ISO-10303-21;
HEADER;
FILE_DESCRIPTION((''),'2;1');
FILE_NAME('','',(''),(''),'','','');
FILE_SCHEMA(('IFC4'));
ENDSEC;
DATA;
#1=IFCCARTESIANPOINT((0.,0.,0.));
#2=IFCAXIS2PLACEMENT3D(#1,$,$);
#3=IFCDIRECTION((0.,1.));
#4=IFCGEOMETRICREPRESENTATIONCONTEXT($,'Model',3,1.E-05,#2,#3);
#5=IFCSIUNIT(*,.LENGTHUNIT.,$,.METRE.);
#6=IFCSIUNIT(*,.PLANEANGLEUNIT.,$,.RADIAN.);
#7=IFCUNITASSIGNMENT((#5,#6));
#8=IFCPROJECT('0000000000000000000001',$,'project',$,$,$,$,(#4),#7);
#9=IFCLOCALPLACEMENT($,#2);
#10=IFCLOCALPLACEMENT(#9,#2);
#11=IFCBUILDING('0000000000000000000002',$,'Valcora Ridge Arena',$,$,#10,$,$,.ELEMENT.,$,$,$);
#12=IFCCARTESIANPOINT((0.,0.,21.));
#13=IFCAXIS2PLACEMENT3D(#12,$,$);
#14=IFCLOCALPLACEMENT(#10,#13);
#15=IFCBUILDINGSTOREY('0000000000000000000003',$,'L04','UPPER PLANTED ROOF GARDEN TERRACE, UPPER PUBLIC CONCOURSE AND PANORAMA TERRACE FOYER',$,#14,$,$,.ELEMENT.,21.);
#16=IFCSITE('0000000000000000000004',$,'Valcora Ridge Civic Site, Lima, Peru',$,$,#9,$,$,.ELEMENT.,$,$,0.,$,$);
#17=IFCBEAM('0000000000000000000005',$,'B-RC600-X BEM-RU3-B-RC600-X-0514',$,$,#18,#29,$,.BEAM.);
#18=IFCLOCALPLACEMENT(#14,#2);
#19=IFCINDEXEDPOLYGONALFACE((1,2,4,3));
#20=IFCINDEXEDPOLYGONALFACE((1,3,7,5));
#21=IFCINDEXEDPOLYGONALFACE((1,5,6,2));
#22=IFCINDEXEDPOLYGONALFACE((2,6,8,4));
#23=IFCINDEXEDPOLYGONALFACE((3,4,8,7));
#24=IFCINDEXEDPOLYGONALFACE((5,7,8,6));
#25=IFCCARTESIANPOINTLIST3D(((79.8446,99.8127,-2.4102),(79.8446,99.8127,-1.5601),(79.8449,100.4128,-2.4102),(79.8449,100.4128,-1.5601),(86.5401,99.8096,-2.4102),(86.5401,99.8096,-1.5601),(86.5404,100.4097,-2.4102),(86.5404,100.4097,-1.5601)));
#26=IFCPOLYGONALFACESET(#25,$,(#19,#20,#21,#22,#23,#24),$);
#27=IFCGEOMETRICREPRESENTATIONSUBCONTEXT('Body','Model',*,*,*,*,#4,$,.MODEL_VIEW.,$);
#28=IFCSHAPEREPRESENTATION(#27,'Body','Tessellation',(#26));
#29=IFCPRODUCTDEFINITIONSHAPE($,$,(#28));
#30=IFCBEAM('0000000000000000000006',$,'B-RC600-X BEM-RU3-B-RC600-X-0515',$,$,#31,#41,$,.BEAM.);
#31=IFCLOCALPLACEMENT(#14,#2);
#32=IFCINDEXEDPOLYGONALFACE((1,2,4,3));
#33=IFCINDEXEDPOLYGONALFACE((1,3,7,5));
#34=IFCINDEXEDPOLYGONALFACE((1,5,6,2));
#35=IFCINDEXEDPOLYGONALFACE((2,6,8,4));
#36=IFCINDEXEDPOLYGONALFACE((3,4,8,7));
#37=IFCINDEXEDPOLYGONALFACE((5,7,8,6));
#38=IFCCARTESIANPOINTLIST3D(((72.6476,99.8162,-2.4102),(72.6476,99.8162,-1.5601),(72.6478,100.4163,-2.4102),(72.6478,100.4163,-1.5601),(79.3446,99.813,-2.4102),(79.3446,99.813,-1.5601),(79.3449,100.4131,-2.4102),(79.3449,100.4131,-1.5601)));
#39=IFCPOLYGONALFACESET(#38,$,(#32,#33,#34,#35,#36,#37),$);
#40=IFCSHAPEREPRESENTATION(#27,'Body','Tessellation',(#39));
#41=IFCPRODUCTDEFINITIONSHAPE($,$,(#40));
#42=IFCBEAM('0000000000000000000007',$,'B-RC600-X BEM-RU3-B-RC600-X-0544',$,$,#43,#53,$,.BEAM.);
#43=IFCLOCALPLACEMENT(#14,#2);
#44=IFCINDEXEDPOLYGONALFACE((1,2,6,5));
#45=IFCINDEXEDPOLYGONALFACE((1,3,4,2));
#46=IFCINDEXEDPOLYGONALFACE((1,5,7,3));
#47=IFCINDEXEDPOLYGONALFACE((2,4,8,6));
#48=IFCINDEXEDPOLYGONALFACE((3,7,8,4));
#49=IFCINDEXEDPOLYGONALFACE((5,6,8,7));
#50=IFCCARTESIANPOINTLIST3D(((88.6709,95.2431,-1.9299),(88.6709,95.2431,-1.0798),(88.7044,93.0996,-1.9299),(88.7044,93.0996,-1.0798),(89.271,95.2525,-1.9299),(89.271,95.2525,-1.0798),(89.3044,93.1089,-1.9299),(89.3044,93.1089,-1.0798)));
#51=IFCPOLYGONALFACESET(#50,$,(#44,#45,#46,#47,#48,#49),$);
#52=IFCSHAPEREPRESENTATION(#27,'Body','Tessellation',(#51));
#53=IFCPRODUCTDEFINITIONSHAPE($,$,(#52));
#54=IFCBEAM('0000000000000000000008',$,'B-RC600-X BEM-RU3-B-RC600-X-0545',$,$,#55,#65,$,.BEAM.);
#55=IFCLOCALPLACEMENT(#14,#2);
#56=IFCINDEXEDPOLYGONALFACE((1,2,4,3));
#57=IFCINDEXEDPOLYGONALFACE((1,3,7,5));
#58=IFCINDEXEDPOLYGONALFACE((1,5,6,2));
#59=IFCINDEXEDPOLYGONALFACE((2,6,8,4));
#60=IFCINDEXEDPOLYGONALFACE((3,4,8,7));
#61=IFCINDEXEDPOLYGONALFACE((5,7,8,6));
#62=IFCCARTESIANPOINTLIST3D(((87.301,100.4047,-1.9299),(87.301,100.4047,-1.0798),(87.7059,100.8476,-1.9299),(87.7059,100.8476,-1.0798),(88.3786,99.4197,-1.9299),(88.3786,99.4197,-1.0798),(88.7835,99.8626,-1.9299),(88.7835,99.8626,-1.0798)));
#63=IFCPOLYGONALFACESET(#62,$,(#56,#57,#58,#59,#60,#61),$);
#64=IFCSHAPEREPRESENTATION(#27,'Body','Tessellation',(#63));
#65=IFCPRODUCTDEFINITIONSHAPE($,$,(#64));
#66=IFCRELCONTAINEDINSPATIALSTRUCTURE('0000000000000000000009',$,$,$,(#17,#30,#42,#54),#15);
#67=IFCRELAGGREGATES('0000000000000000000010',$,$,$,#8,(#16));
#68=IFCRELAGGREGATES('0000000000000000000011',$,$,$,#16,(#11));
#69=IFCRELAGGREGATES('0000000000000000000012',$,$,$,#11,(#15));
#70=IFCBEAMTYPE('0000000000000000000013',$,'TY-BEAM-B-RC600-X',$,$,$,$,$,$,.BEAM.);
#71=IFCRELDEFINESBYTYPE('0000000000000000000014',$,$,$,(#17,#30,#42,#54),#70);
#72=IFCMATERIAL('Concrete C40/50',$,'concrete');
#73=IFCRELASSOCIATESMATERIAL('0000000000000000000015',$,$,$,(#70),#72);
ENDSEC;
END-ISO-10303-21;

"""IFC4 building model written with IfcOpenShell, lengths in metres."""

from ifc_helpers import new_model, si_unit, direction, frame, origin, origin_2d, place, context, subcontext, project, spatial, rectangle, extrude, material, material_profile, profile_set, type_object, element, save


model = new_model("IFC4")

# Units and contexts
model_context = context("Model", 3, precision=1e-05, world=origin(), true_north=direction((0.0, 1.0)))
body_context = subcontext(model_context, "Body", "Model", "MODEL_VIEW")
ifc_project = project(units=[si_unit("LENGTHUNIT", "METRE"), si_unit("PLANEANGLEUNIT", "RADIAN")], contexts=[model_context])

# Site, building, storey
site_placement = place(None, origin())
site = spatial("IfcSite", under=ifc_project, at=site_placement, Name="Valcora Ridge Civic Site, Lima, Peru", CompositionType="ELEMENT", RefElevation=0.0)
building_placement = place(site_placement, origin())
building = spatial("IfcBuilding", under=site, at=building_placement, Name="Valcora Ridge Arena", CompositionType="ELEMENT")
storey_placement = place(building_placement, frame((0.0, 0.0, 21.0)))
storey = spatial("IfcBuildingStorey", under=building, at=storey_placement, Name="L04", Description="UPPER PLANTED ROOF GARDEN TERRACE, UPPER PUBLIC CONCOURSE AND PANORAMA TERRACE FOYER", CompositionType="ELEMENT", Elevation=21.0)

# Beams
ifc_material = material(Name="Concrete C40/50", Category="concrete")
ifc_material_profile = material_profile(ifc_material, rectangle(XDim=0.6001, YDim=0.8501, at=origin_2d()), Name="RC 600x850")
ifc_profile_set = profile_set([ifc_material_profile], Name="Concrete C40/50")
beam_type = type_object("IfcBeamType", Name="TY-BEAM-B-RC600-X", PredefinedType="BEAM", material=ifc_profile_set)
beam_1_placement = place(storey_placement, frame((86.5403, 100.1096, -1.9851), z_axis=(-1.0, 0.000474, 0.0), x_axis=(-0.000474, -1.0, 0.0)))
element("IfcBeam", 1, at=beam_1_placement, inside=storey, type_object=beam_type, Name="B-RC600-X BEM-RU3-B-RC600-X-0514", PredefinedType="BEAM", context=body_context, shape_type="SweptSolid", body=[
    extrude(rectangle(XDim=0.6001, YDim=0.8501, at=origin_2d()), origin(), (0.0, 0.0, 1.0), 6.6956),
])
beam_2_placement = place(storey_placement, frame((79.3447, 100.113, -1.9851), z_axis=(-1.0, 0.000474, 0.0), x_axis=(-0.000474, -1.0, 0.0)))
element("IfcBeam", 2, at=beam_2_placement, inside=storey, type_object=beam_type, Name="B-RC600-X BEM-RU3-B-RC600-X-0515", PredefinedType="BEAM", context=body_context, shape_type="SweptSolid", body=[
    extrude(rectangle(XDim=0.6001, YDim=0.8501, at=origin_2d()), origin(), (0.0, 0.0, 1.0), 6.697),
])
beam_3_placement = place(storey_placement, frame((89.0044, 93.1042, -1.5049), z_axis=(-0.015602, 0.999878, 0.0), x_axis=(-0.999878, -0.015602, 0.0)))
element("IfcBeam", 3, at=beam_3_placement, inside=storey, type_object=beam_type, Name="B-RC600-X BEM-RU3-B-RC600-X-0544", PredefinedType="BEAM", context=body_context, shape_type="SweptSolid", body=[
    extrude(rectangle(XDim=0.6001, YDim=0.8501, at=origin_2d()), origin(), (0.0, 0.0, 1.0), 2.1438),
])
beam_4_placement = place(storey_placement, frame((88.5811, 99.6411, -1.5049), z_axis=(-0.738084, 0.674709, 0.0), x_axis=(-0.674709, -0.738084, 0.0)))
element("IfcBeam", 4, at=beam_4_placement, inside=storey, type_object=beam_type, Name="B-RC600-X BEM-RU3-B-RC600-X-0545", PredefinedType="BEAM", context=body_context, shape_type="SweptSolid", body=[
    extrude(rectangle(XDim=0.6001, YDim=0.8501, at=origin_2d()), origin(), (0.0, 0.0, 1.0), 1.46),
])

save(model, "model.ifc")
